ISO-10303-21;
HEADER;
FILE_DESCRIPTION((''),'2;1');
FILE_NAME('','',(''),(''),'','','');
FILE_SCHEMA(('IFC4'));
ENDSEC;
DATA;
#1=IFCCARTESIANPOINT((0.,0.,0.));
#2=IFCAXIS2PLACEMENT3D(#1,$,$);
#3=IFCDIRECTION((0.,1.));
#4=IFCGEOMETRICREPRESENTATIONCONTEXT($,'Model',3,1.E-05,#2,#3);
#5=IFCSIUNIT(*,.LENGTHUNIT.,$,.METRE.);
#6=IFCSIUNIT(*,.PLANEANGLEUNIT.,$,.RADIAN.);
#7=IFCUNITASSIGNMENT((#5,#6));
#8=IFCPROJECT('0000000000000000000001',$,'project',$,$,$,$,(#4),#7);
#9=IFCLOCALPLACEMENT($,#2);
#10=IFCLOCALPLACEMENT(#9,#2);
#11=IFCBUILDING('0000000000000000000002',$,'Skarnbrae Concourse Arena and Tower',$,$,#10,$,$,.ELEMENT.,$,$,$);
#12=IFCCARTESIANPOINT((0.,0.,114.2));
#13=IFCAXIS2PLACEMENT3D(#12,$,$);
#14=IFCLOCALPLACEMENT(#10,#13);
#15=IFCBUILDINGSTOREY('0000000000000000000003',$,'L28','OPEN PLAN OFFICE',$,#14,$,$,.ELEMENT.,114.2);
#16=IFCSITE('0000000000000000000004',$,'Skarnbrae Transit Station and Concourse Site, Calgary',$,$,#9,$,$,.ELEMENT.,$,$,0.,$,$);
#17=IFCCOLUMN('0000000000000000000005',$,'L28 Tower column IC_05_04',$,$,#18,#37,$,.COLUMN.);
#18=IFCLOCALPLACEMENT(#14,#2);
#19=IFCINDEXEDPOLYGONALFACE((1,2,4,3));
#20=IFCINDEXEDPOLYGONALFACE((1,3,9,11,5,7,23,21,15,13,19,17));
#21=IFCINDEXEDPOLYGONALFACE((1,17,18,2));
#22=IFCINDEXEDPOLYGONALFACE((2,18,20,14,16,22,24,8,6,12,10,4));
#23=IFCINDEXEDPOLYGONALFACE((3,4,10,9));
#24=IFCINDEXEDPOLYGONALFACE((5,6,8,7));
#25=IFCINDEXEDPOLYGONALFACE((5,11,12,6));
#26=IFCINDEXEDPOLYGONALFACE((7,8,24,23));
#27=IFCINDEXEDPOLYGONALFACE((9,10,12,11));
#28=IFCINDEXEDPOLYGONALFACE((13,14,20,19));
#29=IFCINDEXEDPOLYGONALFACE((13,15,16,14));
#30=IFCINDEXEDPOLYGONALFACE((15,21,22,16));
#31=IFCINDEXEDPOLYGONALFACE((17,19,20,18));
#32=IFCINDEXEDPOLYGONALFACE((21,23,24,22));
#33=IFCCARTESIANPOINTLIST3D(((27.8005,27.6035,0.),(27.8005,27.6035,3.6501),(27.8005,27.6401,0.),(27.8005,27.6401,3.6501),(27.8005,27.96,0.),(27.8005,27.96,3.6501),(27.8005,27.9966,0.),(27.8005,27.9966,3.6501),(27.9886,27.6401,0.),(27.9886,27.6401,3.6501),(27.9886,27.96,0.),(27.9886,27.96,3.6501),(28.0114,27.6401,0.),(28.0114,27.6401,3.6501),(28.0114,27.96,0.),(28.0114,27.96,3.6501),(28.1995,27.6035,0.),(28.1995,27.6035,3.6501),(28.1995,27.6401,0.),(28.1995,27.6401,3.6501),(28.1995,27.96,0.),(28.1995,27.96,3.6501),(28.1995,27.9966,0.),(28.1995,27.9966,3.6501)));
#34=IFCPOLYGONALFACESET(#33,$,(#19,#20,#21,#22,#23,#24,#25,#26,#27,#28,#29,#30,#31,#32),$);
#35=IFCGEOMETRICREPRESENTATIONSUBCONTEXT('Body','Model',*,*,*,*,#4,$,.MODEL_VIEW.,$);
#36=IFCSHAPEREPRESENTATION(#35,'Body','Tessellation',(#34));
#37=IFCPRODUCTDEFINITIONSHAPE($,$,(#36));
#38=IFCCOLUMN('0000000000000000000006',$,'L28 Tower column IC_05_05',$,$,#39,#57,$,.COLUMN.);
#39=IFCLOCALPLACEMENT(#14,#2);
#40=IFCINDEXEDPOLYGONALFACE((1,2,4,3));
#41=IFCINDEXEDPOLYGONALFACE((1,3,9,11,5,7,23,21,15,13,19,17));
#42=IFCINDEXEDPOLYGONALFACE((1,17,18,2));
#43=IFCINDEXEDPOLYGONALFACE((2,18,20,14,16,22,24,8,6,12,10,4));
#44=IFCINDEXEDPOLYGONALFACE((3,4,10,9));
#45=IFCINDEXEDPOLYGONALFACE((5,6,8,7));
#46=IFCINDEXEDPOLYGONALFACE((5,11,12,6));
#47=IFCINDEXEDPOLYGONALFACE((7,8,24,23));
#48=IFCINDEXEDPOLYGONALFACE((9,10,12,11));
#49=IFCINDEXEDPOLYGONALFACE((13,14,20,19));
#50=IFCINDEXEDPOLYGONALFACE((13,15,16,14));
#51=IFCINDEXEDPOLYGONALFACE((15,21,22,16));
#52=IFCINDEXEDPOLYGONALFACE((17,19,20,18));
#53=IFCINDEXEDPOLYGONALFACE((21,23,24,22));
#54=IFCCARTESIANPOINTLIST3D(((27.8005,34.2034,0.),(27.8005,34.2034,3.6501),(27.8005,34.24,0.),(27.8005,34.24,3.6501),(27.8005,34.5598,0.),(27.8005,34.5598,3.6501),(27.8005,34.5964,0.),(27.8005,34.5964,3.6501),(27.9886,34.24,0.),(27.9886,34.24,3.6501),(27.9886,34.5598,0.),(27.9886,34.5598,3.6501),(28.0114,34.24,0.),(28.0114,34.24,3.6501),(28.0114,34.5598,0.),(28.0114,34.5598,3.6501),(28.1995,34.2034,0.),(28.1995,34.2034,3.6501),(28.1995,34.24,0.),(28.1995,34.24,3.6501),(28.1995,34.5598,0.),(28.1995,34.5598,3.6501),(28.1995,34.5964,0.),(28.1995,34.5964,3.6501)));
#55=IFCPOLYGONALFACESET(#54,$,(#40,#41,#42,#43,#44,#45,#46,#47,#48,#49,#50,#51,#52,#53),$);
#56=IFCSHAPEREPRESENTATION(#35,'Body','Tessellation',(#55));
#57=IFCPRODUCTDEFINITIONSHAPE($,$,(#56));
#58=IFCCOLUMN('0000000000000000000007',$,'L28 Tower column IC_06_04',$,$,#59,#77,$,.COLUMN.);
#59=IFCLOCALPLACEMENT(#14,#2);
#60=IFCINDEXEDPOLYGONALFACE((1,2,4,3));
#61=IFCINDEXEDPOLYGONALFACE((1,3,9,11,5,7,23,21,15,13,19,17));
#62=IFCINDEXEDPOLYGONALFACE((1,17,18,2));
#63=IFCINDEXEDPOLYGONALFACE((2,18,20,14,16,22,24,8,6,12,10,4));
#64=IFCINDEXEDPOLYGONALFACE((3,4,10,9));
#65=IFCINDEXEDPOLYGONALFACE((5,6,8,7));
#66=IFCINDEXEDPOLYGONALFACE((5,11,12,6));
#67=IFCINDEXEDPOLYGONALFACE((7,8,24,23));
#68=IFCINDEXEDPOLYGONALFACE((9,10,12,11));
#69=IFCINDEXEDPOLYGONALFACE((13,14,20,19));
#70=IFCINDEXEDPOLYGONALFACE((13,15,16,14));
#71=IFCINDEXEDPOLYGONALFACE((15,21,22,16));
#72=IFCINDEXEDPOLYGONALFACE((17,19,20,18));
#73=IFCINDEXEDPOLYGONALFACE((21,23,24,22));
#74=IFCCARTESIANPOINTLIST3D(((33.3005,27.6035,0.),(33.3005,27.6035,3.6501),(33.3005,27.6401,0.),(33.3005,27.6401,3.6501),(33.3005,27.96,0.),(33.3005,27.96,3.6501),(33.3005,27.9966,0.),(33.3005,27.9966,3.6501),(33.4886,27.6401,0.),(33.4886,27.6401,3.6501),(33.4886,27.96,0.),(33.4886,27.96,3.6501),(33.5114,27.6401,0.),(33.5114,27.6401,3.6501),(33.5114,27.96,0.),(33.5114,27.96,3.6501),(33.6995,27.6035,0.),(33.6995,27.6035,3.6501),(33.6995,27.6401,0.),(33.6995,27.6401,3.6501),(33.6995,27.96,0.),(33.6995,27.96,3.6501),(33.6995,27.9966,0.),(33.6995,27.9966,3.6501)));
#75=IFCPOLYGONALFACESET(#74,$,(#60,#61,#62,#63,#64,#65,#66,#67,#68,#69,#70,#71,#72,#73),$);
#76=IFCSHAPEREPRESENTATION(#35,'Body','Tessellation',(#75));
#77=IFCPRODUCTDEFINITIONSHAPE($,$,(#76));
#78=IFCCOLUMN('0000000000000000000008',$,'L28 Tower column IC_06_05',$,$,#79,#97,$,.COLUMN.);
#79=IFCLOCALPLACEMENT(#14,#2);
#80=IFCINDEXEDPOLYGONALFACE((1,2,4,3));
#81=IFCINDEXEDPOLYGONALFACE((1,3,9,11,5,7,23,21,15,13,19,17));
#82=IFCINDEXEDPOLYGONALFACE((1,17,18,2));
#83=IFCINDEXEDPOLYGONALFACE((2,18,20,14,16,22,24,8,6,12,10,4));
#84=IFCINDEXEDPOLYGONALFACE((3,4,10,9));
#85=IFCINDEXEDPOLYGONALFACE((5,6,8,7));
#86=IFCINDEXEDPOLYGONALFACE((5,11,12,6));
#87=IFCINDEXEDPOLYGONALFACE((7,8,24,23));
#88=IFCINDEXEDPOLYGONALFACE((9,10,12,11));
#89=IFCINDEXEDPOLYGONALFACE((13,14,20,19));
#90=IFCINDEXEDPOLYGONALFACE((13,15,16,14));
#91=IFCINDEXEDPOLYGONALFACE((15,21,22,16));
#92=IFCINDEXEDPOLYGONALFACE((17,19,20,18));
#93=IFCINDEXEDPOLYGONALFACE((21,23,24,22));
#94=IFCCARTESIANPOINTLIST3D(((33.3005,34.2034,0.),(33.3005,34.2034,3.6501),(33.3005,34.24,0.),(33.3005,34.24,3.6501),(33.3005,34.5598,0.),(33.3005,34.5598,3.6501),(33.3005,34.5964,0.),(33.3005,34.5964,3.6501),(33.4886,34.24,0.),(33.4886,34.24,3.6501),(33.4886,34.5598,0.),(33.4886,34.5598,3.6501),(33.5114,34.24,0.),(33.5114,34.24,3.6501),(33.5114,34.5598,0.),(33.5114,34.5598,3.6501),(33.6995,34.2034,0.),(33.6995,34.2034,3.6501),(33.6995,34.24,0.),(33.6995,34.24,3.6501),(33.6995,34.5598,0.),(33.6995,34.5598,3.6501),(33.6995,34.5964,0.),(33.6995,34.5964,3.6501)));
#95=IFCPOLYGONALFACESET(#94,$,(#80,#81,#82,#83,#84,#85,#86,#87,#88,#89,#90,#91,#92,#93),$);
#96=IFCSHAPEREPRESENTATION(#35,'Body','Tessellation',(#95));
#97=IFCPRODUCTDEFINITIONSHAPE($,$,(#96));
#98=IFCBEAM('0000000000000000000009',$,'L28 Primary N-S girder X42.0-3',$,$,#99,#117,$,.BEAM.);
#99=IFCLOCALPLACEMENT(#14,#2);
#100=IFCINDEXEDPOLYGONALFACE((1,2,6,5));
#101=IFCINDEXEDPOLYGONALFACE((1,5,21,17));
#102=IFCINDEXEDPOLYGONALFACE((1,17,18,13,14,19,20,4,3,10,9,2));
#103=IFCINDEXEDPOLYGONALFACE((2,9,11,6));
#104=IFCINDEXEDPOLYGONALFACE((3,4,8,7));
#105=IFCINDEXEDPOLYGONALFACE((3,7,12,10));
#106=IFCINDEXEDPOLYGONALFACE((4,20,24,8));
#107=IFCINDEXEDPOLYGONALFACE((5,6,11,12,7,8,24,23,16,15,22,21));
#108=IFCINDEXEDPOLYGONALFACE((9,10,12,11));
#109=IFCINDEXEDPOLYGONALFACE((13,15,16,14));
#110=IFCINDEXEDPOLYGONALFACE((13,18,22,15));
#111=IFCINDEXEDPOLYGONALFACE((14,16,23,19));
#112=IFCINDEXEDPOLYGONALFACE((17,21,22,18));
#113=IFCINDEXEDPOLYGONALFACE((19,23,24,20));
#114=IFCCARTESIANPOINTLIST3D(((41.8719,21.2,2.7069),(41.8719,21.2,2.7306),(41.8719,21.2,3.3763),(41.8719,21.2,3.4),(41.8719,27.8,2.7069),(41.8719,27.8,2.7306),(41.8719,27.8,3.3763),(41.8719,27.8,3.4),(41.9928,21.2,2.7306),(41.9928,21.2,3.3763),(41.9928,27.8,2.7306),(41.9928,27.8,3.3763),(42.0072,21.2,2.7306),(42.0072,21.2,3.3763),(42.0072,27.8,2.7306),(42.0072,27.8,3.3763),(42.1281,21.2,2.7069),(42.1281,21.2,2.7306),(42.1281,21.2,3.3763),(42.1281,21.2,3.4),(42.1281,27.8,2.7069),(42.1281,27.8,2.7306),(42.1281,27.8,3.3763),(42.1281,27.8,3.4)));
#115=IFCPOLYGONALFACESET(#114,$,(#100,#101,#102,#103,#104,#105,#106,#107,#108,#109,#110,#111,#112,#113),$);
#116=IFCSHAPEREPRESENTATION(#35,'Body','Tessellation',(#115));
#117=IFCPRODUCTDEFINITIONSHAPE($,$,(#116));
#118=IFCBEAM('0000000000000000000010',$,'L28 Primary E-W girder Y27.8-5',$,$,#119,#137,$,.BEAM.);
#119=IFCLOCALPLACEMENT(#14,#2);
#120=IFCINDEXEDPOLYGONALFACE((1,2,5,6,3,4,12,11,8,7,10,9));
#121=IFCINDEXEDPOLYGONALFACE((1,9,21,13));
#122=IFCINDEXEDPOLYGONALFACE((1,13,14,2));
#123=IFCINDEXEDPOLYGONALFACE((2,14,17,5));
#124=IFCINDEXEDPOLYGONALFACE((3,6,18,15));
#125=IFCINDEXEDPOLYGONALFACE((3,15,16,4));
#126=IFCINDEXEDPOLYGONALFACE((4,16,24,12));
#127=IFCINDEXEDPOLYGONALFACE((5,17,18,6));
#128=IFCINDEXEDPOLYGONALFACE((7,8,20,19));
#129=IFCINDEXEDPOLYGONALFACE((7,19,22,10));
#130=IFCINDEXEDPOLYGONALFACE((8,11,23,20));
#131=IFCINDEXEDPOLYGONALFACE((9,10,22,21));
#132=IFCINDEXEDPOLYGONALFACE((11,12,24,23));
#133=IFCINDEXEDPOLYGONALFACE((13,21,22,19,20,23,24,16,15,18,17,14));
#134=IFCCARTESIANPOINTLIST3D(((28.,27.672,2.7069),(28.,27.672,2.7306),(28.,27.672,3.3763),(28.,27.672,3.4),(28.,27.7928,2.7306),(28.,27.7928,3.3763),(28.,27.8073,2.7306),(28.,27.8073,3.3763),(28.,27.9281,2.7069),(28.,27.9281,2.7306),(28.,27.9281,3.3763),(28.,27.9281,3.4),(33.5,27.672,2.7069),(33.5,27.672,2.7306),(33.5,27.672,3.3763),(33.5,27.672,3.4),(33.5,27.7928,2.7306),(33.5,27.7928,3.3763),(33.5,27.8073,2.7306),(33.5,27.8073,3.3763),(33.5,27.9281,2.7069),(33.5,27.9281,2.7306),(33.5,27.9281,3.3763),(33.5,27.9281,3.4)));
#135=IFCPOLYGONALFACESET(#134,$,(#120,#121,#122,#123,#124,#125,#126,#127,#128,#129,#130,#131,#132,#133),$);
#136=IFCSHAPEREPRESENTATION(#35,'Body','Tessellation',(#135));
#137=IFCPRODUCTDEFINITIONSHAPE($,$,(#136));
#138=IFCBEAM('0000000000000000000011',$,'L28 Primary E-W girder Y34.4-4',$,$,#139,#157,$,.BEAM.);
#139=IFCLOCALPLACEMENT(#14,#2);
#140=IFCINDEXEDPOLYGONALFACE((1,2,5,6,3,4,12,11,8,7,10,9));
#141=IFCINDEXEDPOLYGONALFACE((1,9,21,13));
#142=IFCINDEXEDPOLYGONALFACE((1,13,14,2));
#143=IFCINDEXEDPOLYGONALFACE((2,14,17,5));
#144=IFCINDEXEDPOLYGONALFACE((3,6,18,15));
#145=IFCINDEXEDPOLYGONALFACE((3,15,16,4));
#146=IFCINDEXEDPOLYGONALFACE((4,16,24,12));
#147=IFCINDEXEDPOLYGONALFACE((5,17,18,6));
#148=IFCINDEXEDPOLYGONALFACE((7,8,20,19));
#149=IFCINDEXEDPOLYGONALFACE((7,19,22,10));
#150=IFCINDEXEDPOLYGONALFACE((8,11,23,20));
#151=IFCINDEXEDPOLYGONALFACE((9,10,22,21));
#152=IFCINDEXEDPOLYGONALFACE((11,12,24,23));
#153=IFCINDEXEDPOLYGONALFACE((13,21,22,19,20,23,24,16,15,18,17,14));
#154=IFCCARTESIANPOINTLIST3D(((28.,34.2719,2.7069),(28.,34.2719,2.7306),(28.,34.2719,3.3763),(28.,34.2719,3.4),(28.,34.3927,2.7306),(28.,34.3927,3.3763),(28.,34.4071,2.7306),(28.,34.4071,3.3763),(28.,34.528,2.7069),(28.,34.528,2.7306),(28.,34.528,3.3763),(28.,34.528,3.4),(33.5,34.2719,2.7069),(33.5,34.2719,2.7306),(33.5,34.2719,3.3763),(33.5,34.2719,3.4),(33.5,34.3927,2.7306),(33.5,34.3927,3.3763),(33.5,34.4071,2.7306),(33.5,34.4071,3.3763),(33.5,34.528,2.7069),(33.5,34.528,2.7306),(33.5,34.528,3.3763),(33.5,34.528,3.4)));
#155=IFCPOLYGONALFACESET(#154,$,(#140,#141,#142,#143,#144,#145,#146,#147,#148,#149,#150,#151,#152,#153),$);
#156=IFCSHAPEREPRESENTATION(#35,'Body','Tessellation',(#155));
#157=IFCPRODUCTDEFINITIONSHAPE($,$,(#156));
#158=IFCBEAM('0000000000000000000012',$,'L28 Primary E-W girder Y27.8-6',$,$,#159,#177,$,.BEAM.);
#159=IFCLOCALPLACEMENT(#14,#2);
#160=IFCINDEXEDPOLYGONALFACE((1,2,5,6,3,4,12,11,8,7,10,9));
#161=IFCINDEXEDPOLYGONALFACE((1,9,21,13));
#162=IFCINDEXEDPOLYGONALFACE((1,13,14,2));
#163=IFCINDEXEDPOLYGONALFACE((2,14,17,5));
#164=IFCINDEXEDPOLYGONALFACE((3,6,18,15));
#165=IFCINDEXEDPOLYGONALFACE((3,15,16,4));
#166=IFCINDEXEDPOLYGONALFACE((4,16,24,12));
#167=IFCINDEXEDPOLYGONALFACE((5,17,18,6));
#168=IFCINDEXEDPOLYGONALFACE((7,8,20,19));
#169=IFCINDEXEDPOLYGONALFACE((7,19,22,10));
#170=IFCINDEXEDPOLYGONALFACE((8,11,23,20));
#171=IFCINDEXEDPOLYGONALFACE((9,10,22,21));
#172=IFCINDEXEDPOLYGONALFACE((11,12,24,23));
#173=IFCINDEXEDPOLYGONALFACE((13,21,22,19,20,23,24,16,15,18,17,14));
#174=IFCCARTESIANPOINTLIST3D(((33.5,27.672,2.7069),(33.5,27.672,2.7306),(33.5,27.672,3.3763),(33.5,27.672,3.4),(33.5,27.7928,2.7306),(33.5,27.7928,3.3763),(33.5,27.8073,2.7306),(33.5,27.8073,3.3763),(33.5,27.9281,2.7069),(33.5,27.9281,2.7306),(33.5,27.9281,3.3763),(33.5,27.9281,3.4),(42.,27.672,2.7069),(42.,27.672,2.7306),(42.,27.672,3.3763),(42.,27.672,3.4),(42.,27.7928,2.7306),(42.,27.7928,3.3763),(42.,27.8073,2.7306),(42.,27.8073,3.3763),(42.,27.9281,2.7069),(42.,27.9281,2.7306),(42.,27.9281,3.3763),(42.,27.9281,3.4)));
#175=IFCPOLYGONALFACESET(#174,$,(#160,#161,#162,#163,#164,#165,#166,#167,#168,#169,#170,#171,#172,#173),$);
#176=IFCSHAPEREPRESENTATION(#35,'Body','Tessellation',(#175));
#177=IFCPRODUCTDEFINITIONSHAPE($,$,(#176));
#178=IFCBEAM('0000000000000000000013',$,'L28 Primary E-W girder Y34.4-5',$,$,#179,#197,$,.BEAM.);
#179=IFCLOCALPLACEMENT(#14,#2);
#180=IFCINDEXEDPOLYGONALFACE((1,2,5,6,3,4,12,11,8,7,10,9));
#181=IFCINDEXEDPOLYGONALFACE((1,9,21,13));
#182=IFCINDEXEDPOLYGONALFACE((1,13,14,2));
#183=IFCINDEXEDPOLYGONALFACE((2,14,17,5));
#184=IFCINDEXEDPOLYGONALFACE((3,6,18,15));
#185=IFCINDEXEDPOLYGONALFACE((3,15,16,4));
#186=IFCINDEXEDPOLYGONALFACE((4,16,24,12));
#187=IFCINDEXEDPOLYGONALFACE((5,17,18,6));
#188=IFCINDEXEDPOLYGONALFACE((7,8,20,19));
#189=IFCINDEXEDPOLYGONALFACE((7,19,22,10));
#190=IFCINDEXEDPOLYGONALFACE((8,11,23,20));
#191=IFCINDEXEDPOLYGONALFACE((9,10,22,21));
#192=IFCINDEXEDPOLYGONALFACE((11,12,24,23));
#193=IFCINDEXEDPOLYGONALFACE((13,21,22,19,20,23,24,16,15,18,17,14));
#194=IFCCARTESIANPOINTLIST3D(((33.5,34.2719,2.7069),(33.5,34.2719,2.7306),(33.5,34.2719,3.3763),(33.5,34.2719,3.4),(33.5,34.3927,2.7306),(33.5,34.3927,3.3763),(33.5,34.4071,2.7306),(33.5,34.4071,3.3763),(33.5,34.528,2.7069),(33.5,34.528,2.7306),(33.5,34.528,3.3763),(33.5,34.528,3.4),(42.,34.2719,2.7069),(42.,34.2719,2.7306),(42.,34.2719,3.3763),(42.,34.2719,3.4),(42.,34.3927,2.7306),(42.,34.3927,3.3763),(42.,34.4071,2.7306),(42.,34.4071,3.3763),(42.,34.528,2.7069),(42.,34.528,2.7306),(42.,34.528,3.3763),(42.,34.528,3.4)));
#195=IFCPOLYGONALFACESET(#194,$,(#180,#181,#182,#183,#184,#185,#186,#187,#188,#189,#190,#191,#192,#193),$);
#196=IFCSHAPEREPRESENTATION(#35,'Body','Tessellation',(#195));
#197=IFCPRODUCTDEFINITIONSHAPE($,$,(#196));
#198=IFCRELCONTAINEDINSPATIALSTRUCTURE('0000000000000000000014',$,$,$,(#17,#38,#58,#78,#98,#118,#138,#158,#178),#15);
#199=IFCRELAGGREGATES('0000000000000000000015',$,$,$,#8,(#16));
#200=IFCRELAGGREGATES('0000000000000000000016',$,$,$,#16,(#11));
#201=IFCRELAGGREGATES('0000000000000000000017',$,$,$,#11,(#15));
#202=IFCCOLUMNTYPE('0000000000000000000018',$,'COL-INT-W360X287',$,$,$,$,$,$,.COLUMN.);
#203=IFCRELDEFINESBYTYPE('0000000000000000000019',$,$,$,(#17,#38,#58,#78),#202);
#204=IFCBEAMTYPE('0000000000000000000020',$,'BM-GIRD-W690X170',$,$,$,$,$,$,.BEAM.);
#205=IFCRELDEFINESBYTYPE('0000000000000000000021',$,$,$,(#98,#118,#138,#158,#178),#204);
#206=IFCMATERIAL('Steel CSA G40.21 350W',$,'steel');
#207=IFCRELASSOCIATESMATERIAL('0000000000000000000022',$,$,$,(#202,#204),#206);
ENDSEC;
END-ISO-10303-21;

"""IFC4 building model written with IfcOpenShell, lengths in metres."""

from ifc_helpers import new_model, si_unit, direction, frame, origin, origin_2d, place, context, subcontext, project, spatial, i_section, extrude, source, transform, mapped, material, material_profile, profile_set, type_object, element, save


model = new_model("IFC4")

# Units and contexts
model_context = context("Model", 3, precision=1e-05, world=origin(), true_north=direction((0.0, 1.0)))
body_context = subcontext(model_context, "Body", "Model", "MODEL_VIEW")
ifc_project = project(units=[si_unit("LENGTHUNIT", "METRE"), si_unit("PLANEANGLEUNIT", "RADIAN")], contexts=[model_context])

# Site, building, storey
site_placement = place(None, origin())
site = spatial("IfcSite", under=ifc_project, at=site_placement, Name="Skarnbrae Transit Station and Concourse Site, Calgary", CompositionType="ELEMENT", RefElevation=0.0)
building_placement = place(site_placement, origin())
building = spatial("IfcBuilding", under=site, at=building_placement, Name="Skarnbrae Concourse Arena and Tower", CompositionType="ELEMENT")
storey_placement = place(building_placement, frame((0.0, 0.0, 114.2)))
storey = spatial("IfcBuildingStorey", under=building, at=storey_placement, Name="L28", Description="OPEN PLAN OFFICE", CompositionType="ELEMENT", Elevation=114.2)

# Columns
ifc_material_1 = material(Name="Steel CSA G40.21 350W", Category="steel")
ifc_material_profile_1 = material_profile(ifc_material_1, i_section(OverallWidth=0.3989, OverallDepth=0.3931, WebThickness=0.0227, FlangeThickness=0.0366, at=origin_2d()), Name="W360X287")
ifc_profile_set_1 = profile_set([ifc_material_profile_1], Name="Steel CSA G40.21 350W")
column_type = type_object("IfcColumnType", Name="COL-INT-W360X287", PredefinedType="COLUMN", material=ifc_profile_set_1)
shared_shape_1 = source(origin(), body_context, "Body", "SweptSolid", [
    extrude(i_section(OverallWidth=0.3989, OverallDepth=0.3931, WebThickness=0.0227, FlangeThickness=0.0366, at=origin_2d()), origin(), (0.0, 0.0, 1.0), 3.6501),
])
for number, where, z_axis, x_axis, name in (
    (1, (28.0, 27.8, 0.0), (0.0, 0.0, 1.0), (1.0, 0.0, 0.0), "L28 Tower column IC_05_04"),
    (2, (28.0, 34.3999, 0.0), (0.0, 0.0, 1.0), (1.0, 0.0, 0.0), "L28 Tower column IC_05_05"),
    (3, (33.5, 27.8, 0.0), (0.0, 0.0, 1.0), (1.0, 0.0, 0.0), "L28 Tower column IC_06_04"),
    (4, (33.5, 34.3999, 0.0), (0.0, 0.0, 1.0), (1.0, 0.0, 0.0), "L28 Tower column IC_06_05"),
):
    element("IfcColumn", number, at=place(storey_placement, frame(where, z_axis=z_axis, x_axis=x_axis)), inside=storey, type_object=column_type, Name=name, PredefinedType="COLUMN", context=body_context, shape_type="MappedRepresentation", body=[
        mapped(shared_shape_1, transform((0.0, 0.0, 0.0))),
    ])

# Beams
ifc_material_profile_2 = material_profile(ifc_material_1, i_section(OverallWidth=0.2561, OverallDepth=0.6931, WebThickness=0.0144, FlangeThickness=0.0237, at=origin_2d()), Name="W690X170")
ifc_profile_set_2 = profile_set([ifc_material_profile_2], Name="Steel CSA G40.21 350W")
beam_type_1 = type_object("IfcBeamType", Name="BM-GIRD-W690X170", PredefinedType="BEAM", material=ifc_profile_set_2)
shared_shape_2 = source(origin(), body_context, "Body", "SweptSolid", [
    extrude(i_section(OverallWidth=0.2561, OverallDepth=0.6931, WebThickness=0.0144, FlangeThickness=0.0237, at=origin_2d()), origin(), (0.0, 0.0, 1.0), 6.6001),
])
beam_1_placement = place(storey_placement, frame((42.0, 21.2, 3.0535), z_axis=(0.0, 1.0, 0.0), x_axis=(-1.0, 0.0, 0.0)))
element("IfcBeam", 5, at=beam_1_placement, inside=storey, type_object=beam_type_1, Name="L28 Primary N-S girder X42.0-3", PredefinedType="BEAM", context=body_context, shape_type="MappedRepresentation", body=[
    mapped(shared_shape_2, transform((0.0, 0.0, 0.0))),
])
shared_shape_3 = source(origin(), body_context, "Body", "SweptSolid", [
    extrude(i_section(OverallWidth=0.2561, OverallDepth=0.6931, WebThickness=0.0144, FlangeThickness=0.0237, at=origin_2d()), origin(), (0.0, 0.0, 1.0), 5.5),
])
for number, where, z_axis, x_axis, name in (
    (6, (28.0, 27.8, 3.0535), (1.0, 0.0, 0.0), (0.0, 1.0, 0.0), "L28 Primary E-W girder Y27.8-5"),
    (7, (28.0, 34.3999, 3.0535), (1.0, 0.0, 0.0), (0.0, 1.0, 0.0), "L28 Primary E-W girder Y34.4-4"),
):
    element("IfcBeam", number, at=place(storey_placement, frame(where, z_axis=z_axis, x_axis=x_axis)), inside=storey, type_object=beam_type_1, Name=name, PredefinedType="BEAM", context=body_context, shape_type="MappedRepresentation", body=[
        mapped(shared_shape_3, transform((0.0, 0.0, 0.0))),
    ])
shared_shape_4 = source(origin(), body_context, "Body", "SweptSolid", [
    extrude(i_section(OverallWidth=0.2561, OverallDepth=0.6931, WebThickness=0.0144, FlangeThickness=0.0237, at=origin_2d()), origin(), (0.0, 0.0, 1.0), 8.5),
])
for number, where, z_axis, x_axis, name in (
    (8, (33.5, 27.8, 3.0535), (1.0, 0.0, 0.0), (0.0, 1.0, 0.0), "L28 Primary E-W girder Y27.8-6"),
    (9, (33.5, 34.3999, 3.0535), (1.0, 0.0, 0.0), (0.0, 1.0, 0.0), "L28 Primary E-W girder Y34.4-5"),
):
    element("IfcBeam", number, at=place(storey_placement, frame(where, z_axis=z_axis, x_axis=x_axis)), inside=storey, type_object=beam_type_1, Name=name, PredefinedType="BEAM", context=body_context, shape_type="MappedRepresentation", body=[
        mapped(shared_shape_4, transform((0.0, 0.0, 0.0))),
    ])

save(model, "model.ifc")
